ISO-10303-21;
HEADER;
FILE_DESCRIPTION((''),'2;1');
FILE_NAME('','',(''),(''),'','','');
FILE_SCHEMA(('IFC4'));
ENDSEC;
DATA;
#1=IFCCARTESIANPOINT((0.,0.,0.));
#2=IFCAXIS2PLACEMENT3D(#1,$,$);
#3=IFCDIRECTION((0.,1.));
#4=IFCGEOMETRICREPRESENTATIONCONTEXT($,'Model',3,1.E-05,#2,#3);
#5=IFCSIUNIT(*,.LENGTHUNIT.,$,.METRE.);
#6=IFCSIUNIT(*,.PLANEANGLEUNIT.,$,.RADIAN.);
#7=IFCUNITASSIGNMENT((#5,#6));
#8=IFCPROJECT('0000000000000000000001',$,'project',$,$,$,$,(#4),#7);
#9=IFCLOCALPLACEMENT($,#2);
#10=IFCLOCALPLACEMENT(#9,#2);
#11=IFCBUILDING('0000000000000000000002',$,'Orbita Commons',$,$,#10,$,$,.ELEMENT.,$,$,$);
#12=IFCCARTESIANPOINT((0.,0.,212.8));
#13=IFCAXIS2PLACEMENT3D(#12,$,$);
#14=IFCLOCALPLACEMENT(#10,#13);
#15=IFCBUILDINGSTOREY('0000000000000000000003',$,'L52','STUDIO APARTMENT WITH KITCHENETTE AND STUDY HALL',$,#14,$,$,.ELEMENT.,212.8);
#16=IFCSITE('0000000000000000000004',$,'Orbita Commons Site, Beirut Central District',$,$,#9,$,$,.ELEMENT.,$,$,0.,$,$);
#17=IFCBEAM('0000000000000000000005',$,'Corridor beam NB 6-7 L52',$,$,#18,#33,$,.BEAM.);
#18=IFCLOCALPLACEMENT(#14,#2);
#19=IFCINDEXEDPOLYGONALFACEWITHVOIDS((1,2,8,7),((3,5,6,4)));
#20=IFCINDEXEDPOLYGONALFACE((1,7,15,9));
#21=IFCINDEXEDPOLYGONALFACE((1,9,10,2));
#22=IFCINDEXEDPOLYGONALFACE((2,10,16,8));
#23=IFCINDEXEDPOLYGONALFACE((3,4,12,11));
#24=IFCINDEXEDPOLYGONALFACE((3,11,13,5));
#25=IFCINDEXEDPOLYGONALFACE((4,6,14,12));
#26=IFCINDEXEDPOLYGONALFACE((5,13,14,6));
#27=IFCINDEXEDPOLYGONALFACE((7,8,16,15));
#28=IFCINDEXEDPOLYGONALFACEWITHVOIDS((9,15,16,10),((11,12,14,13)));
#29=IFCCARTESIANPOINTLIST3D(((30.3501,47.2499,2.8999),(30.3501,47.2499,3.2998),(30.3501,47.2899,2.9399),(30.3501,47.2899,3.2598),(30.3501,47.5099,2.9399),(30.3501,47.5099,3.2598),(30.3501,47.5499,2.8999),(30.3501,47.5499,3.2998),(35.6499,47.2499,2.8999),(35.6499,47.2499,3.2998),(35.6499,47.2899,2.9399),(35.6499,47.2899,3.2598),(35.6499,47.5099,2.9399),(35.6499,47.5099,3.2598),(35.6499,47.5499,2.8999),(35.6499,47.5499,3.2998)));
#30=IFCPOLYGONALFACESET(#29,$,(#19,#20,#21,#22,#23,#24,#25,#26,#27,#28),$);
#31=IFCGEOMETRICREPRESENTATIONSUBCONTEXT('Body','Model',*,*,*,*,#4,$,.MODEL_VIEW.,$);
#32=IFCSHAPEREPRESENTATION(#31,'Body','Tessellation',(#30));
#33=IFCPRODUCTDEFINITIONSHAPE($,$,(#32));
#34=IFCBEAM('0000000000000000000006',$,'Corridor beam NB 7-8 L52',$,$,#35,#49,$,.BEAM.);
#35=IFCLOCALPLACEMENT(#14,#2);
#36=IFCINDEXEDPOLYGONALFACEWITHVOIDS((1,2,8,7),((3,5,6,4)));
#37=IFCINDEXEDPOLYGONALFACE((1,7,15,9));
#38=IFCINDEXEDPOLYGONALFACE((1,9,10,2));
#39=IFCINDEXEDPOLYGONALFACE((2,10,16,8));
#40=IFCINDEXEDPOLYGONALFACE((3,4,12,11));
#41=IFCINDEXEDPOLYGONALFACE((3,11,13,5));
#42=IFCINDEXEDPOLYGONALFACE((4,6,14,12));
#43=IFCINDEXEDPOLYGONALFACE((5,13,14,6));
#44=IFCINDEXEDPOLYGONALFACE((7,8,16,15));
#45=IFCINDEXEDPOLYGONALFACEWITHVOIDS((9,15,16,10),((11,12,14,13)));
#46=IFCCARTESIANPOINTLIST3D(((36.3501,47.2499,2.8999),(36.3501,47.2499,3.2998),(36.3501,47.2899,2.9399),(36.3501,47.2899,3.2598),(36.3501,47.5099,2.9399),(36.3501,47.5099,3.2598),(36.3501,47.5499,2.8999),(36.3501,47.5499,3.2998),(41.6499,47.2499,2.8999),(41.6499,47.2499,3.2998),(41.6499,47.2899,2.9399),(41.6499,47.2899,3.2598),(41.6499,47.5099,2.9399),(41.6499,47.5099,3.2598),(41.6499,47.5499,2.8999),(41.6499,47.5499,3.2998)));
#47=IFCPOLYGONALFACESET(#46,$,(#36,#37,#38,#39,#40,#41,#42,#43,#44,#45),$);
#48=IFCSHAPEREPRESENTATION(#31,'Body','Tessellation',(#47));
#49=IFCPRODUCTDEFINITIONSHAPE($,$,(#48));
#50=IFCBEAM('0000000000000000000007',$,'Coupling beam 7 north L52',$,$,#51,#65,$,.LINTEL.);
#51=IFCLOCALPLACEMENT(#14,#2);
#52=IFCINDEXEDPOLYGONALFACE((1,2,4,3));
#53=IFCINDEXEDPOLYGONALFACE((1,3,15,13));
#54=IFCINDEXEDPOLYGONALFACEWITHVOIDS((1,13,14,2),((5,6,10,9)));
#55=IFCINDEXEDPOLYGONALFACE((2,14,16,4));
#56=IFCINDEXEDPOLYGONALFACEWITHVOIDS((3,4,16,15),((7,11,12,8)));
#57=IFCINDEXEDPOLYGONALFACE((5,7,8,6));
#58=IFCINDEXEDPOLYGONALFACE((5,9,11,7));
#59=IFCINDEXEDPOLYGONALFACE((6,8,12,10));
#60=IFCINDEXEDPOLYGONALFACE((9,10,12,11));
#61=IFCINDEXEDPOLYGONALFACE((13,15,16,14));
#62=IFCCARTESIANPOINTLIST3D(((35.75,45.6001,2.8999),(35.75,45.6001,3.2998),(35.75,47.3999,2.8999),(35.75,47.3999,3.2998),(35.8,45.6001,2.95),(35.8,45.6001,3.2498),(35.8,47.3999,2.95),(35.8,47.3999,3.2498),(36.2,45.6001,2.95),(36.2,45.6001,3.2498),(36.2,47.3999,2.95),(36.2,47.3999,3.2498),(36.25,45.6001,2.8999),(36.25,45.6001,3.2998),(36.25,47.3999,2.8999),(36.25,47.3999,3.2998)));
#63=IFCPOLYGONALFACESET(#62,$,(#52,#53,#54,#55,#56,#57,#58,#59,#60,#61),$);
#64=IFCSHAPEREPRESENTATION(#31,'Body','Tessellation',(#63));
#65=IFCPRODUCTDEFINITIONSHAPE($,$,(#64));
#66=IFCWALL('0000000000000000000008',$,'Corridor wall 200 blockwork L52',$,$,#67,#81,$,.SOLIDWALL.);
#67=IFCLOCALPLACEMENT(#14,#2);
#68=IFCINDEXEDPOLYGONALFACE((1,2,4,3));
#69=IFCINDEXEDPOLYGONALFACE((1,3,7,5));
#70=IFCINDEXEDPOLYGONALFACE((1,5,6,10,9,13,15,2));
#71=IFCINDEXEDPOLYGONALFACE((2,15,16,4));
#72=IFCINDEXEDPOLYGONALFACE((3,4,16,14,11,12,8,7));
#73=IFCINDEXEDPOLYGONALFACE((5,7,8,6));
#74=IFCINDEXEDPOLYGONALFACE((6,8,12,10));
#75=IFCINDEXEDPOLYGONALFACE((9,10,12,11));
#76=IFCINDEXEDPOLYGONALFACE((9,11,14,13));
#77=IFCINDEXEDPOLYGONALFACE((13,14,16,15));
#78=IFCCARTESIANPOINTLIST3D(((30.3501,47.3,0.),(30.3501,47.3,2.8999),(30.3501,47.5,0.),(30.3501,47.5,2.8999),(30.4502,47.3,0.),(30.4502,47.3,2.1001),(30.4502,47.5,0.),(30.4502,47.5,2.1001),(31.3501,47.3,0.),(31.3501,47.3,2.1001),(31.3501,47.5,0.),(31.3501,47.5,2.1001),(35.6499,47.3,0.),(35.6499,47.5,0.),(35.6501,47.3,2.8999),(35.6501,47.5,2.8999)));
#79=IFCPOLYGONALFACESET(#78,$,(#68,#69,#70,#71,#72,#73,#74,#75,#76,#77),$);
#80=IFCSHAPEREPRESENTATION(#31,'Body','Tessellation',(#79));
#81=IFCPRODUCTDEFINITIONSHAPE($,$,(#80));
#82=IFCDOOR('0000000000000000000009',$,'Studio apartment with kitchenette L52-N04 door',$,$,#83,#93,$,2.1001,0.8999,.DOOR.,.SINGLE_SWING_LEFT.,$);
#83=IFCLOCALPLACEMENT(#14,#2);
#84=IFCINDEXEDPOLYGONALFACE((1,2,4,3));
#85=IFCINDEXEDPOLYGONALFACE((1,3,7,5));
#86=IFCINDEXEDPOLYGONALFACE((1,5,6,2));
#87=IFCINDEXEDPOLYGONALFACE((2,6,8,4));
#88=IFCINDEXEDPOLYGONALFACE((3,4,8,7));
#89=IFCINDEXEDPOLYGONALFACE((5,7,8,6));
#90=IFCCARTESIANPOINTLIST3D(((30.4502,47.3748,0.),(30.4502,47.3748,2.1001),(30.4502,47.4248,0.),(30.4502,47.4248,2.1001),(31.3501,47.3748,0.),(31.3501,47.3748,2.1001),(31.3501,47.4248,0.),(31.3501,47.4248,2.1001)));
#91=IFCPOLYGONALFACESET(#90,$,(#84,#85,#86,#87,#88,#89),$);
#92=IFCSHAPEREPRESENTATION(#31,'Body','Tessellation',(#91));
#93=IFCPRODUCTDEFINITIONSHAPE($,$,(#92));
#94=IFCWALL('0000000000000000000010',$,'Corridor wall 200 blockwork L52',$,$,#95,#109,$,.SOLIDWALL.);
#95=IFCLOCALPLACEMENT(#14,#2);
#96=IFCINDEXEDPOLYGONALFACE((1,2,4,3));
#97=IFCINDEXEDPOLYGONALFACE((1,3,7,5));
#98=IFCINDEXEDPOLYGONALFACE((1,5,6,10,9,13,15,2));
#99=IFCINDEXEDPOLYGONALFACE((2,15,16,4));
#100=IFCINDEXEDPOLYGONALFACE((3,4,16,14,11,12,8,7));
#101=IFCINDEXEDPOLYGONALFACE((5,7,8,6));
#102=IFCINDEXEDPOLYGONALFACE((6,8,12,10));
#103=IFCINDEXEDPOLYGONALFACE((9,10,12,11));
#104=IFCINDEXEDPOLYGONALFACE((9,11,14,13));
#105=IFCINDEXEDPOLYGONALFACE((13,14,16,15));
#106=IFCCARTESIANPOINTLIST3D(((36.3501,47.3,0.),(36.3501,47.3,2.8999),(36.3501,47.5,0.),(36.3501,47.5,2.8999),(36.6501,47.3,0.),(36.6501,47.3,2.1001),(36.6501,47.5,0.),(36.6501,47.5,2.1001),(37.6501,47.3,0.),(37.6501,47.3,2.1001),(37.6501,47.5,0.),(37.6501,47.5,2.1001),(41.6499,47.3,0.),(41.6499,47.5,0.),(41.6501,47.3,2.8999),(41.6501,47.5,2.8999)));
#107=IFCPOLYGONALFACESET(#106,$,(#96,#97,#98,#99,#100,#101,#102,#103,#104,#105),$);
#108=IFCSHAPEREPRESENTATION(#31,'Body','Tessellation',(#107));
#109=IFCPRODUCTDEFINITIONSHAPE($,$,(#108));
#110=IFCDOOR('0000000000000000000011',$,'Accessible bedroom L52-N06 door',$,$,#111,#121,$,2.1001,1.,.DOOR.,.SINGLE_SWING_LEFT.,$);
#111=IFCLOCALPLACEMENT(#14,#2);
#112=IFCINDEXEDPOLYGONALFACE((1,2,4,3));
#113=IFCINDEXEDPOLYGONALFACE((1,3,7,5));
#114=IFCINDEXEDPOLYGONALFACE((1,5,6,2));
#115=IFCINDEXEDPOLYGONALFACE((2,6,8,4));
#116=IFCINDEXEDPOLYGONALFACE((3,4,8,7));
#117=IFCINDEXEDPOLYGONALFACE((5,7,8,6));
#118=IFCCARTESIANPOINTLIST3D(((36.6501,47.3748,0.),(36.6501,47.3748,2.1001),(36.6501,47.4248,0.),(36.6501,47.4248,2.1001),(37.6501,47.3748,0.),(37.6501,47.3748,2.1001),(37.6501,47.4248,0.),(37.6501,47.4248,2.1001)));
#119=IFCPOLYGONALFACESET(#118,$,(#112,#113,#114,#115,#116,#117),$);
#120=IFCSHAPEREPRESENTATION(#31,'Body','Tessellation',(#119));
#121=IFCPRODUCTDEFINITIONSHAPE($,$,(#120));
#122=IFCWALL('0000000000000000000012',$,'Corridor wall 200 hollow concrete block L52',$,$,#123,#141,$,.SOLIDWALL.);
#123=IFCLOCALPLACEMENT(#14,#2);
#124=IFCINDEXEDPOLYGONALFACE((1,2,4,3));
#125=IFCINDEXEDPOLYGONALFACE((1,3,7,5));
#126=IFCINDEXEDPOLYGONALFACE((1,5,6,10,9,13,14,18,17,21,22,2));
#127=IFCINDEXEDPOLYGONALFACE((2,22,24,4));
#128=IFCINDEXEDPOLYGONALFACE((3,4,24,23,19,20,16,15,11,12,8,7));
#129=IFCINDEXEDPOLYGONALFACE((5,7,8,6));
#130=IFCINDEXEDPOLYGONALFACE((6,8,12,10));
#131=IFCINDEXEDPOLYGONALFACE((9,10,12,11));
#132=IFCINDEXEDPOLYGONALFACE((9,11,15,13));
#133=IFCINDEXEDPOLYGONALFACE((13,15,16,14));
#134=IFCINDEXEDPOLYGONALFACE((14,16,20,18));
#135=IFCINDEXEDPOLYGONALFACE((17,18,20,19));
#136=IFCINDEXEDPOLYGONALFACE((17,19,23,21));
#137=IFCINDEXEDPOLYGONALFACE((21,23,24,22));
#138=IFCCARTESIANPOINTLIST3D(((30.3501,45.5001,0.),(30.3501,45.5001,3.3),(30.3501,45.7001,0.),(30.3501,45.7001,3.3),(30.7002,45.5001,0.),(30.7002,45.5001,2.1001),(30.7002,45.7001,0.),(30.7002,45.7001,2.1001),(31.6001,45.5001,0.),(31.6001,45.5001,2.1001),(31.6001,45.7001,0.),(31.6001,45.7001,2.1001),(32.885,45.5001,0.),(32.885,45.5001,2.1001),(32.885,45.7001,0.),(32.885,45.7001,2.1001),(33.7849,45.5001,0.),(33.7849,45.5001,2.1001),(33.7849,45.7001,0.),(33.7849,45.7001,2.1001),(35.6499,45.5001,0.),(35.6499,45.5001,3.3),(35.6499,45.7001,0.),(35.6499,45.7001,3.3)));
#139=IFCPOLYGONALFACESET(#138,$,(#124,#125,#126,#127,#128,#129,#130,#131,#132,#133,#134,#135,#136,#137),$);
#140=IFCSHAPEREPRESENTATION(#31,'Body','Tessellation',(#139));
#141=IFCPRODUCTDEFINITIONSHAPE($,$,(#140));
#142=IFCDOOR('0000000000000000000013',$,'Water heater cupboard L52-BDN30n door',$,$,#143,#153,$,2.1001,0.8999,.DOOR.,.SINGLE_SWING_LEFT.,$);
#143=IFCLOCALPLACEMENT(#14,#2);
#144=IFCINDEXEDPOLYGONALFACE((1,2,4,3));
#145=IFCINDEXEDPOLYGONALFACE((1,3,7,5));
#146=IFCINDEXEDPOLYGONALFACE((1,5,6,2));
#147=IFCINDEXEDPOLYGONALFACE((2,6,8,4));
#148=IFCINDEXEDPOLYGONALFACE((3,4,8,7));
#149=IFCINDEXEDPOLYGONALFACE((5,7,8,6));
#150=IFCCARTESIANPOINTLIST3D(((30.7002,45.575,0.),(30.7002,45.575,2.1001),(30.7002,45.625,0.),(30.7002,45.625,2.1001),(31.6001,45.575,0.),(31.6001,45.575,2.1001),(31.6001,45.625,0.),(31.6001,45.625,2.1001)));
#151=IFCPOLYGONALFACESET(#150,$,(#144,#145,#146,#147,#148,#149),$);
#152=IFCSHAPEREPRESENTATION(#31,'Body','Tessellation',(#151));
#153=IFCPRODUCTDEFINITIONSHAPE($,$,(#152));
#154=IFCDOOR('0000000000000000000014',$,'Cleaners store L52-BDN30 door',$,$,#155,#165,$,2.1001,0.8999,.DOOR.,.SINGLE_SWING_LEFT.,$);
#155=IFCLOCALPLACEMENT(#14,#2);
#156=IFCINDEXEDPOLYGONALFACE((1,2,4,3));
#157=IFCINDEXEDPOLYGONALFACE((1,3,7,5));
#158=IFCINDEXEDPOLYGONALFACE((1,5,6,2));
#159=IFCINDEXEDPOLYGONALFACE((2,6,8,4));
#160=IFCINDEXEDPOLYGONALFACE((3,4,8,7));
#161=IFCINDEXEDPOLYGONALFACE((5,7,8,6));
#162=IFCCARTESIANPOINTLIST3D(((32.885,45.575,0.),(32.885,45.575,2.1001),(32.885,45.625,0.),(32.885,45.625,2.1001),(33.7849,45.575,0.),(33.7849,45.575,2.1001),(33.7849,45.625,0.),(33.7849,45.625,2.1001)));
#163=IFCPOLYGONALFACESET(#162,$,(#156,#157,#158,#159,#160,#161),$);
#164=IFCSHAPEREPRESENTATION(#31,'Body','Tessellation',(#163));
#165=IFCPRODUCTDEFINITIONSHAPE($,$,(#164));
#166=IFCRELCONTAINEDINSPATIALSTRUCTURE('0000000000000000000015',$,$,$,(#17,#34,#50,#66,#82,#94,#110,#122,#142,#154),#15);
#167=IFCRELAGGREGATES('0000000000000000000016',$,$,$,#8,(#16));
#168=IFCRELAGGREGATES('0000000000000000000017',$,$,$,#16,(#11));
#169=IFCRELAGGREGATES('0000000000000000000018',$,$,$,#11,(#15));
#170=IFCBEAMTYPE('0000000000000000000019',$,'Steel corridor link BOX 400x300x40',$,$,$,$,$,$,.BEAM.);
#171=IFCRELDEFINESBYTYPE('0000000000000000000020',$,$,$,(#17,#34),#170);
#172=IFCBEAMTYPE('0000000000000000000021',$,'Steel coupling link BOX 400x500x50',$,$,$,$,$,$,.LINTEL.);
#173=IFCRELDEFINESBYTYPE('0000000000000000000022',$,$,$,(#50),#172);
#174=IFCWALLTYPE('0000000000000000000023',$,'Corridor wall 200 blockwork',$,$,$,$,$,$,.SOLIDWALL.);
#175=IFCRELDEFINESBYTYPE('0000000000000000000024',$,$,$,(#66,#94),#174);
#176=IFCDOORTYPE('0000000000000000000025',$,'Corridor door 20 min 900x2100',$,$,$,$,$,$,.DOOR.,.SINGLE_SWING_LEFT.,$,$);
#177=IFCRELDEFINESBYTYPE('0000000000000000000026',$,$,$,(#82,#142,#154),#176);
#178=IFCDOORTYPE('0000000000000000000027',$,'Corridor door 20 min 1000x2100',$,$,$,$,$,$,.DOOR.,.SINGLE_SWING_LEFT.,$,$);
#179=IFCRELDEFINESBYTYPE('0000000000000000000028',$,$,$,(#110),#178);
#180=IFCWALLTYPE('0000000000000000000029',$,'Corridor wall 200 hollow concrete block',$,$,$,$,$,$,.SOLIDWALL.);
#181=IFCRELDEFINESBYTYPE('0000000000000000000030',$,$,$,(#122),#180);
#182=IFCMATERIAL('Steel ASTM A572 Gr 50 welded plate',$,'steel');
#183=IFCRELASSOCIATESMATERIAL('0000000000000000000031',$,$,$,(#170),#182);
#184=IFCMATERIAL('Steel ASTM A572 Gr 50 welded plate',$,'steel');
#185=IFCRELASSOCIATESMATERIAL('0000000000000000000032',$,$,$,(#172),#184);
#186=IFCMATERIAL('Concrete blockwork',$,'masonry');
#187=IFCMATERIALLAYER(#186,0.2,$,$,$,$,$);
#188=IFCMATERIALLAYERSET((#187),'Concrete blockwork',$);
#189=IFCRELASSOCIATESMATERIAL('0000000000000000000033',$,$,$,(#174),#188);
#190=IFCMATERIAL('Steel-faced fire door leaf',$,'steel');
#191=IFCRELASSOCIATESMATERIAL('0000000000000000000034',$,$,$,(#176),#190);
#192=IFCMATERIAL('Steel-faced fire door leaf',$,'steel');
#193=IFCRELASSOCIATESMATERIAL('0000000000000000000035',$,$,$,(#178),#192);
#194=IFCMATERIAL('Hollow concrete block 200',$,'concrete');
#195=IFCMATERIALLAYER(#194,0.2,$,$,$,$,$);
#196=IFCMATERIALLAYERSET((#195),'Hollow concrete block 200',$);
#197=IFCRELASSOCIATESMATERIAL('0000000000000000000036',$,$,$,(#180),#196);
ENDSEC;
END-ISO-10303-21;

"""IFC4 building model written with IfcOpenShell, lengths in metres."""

from ifc_helpers import new_model, si_unit, direction, frame, frame_2d, origin, origin_2d, place, context, subcontext, project, spatial, polyline, rectangle, hollow_rectangle, outline, extrude, material, layer, layer_set, material_profile, profile_set, type_object, element, fill, save


model = new_model("IFC4")

# Units and contexts
model_context = context("Model", 3, precision=1e-05, world=origin(), true_north=direction((0.0, 1.0)))
body_context = subcontext(model_context, "Body", "Model", "MODEL_VIEW")
ifc_project = project(units=[si_unit("LENGTHUNIT", "METRE"), si_unit("PLANEANGLEUNIT", "RADIAN")], contexts=[model_context])

# Site, building, storey
site_placement = place(None, origin())
site = spatial("IfcSite", under=ifc_project, at=site_placement, Name="Orbita Commons Site, Beirut Central District", CompositionType="ELEMENT", RefElevation=0.0)
building_placement = place(site_placement, origin())
building = spatial("IfcBuilding", under=site, at=building_placement, Name="Orbita Commons", CompositionType="ELEMENT")
storey_placement = place(building_placement, frame((0.0, 0.0, 212.8)))
storey = spatial("IfcBuildingStorey", under=building, at=storey_placement, Name="L52", Description="STUDIO APARTMENT WITH KITCHENETTE AND STUDY HALL", CompositionType="ELEMENT", Elevation=212.8)

# Beams
ifc_material_1 = material(Name="Steel ASTM A572 Gr 50 welded plate", Category="steel")
ifc_material_profile_1 = material_profile(ifc_material_1, hollow_rectangle(XDim=0.3, YDim=0.3999, WallThickness=0.04, at=origin_2d()), Name="BOX 400x300x40")
ifc_profile_set_1 = profile_set([ifc_material_profile_1], Name="Steel ASTM A572 Gr 50 welded plate")
beam_type_1 = type_object("IfcBeamType", Name="Steel corridor link BOX 400x300x40", PredefinedType="BEAM", material=ifc_profile_set_1)
for number, where, z_axis, x_axis, name in (
    (1, (30.3501, 47.3999, 3.0999), (1.0, 0.0, 0.0), (0.0, 1.0, 0.0), "Corridor beam NB 6-7 L52"),
    (2, (36.3501, 47.3999, 3.0999), (1.0, 0.0, 0.0), (0.0, 1.0, 0.0), "Corridor beam NB 7-8 L52"),
):
    element("IfcBeam", number, at=place(storey_placement, frame(where, z_axis=z_axis, x_axis=x_axis)), inside=storey, type_object=beam_type_1, Name=name, PredefinedType="BEAM", context=body_context, shape_type="SweptSolid", body=[
        extrude(hollow_rectangle(XDim=0.3, YDim=0.3999, WallThickness=0.04, at=origin_2d()), origin(), (0.0, 0.0, 1.0), 5.2998),
    ])
ifc_material_2 = material(Name="Steel ASTM A572 Gr 50 welded plate", Category="steel")
ifc_material_profile_2 = material_profile(ifc_material_2, hollow_rectangle(XDim=0.5, YDim=0.3999, WallThickness=0.05, at=origin_2d()), Name="BOX 400x500x50")
ifc_profile_set_2 = profile_set([ifc_material_profile_2], Name="Steel ASTM A572 Gr 50 welded plate")
beam_type_2 = type_object("IfcBeamType", Name="Steel coupling link BOX 400x500x50", PredefinedType="LINTEL", material=ifc_profile_set_2)
beam_placement = place(storey_placement, frame((36.0, 45.6001, 3.0999), z_axis=(0.0, 1.0, 0.0), x_axis=(-1.0, 0.0, 0.0)))
element("IfcBeam", 3, at=beam_placement, inside=storey, type_object=beam_type_2, Name="Coupling beam 7 north L52", PredefinedType="LINTEL", context=body_context, shape_type="SweptSolid", body=[
    extrude(hollow_rectangle(XDim=0.5, YDim=0.3999, WallThickness=0.05, at=origin_2d()), origin(), (0.0, 0.0, 1.0), 1.7998),
])

# Walls, openings, doors
ifc_material_3 = material(Name="Concrete blockwork", Category="masonry")
ifc_layer_1 = layer(ifc_material_3, 0.2)
ifc_layer_set_1 = layer_set([ifc_layer_1], Name="Concrete blockwork")
wall_type_1 = type_object("IfcWallType", Name="Corridor wall 200 blockwork", PredefinedType="SOLIDWALL", material=ifc_layer_set_1)
wall_1_placement = place(storey_placement, frame((30.3501, 47.3999, 0.0), z_axis=(0.0, 0.0, 1.0), x_axis=(1.0, 0.0, 0.0)))
wall_1 = element("IfcWall", 4, at=wall_1_placement, inside=storey, type_object=wall_type_1, Name="Corridor wall 200 blockwork L52", PredefinedType="SOLIDWALL", context=body_context, shape_type="SweptSolid", body=[
    extrude(outline(polyline([(0.0, 0.0), (5.2998, 0.0), (5.3, 2.8999), (0.0, 2.8999), (0.0, 0.0)])), frame((0.0, 0.1001, 0.0), z_axis=(0.0, -1.0, 0.0), x_axis=(1.0, 0.0, 0.0)), (0.0, 0.0, 1.0), 0.2),
])
opening_1_placement = place(wall_1_placement, frame((0.1001, 0.0, 0.0)))
opening_1 = element("IfcOpeningElement", 5, at=opening_1_placement, cuts=wall_1, PredefinedType="OPENING", context=body_context, shape_type="SweptSolid", body=[
    extrude(rectangle(XDim=0.8999, YDim=2.1001, at=frame_2d((0.45, 1.05))), frame((0.0, 0.1099, 0.0), z_axis=(0.0, -1.0, 0.0), x_axis=(1.0, 0.0, 0.0)), (0.0, 0.0, 1.0), 0.22),
])
ifc_material_4 = material(Name="Steel-faced fire door leaf", Category="steel")
door_type_1 = type_object("IfcDoorType", Name="Corridor door 20 min 900x2100", OperationType="SINGLE_SWING_LEFT", PredefinedType="DOOR", material=ifc_material_4)
door_1_placement = place(opening_1_placement, origin())
door_1 = element("IfcDoor", 6, at=door_1_placement, inside=storey, type_object=door_type_1, Name="Studio apartment with kitchenette L52-N04 door", OperationType="SINGLE_SWING_LEFT", OverallHeight=2.1001, OverallWidth=0.8999, PredefinedType="DOOR", context=body_context, shape_type="SweptSolid", body=[
    extrude(rectangle(XDim=0.8999, YDim=2.1001, at=frame_2d((0.45, 1.05))), frame((0.0, 0.0249, 0.0), z_axis=(0.0, -1.0, 0.0), x_axis=(1.0, 0.0, 0.0)), (0.0, 0.0, 1.0), 0.05),
])
fill(opening_1, door_1)
wall_2_placement = place(storey_placement, frame((36.3501, 47.3999, 0.0), z_axis=(0.0, 0.0, 1.0), x_axis=(1.0, 0.0, 0.0)))
wall_2 = element("IfcWall", 7, at=wall_2_placement, inside=storey, type_object=wall_type_1, Name="Corridor wall 200 blockwork L52", PredefinedType="SOLIDWALL", context=body_context, shape_type="SweptSolid", body=[
    extrude(outline(polyline([(0.0, 0.0), (5.2998, 0.0), (5.3, 2.8999), (0.0, 2.8999), (0.0, 0.0)])), frame((0.0, 0.1001, 0.0), z_axis=(0.0, -1.0, 0.0), x_axis=(1.0, 0.0, 0.0)), (0.0, 0.0, 1.0), 0.2),
])
opening_2_placement = place(wall_2_placement, frame((0.3, 0.0, 0.0)))
opening_2 = element("IfcOpeningElement", 8, at=opening_2_placement, cuts=wall_2, PredefinedType="OPENING", context=body_context, shape_type="SweptSolid", body=[
    extrude(rectangle(XDim=1.0, YDim=2.1001, at=frame_2d((0.5, 1.05))), frame((0.0, 0.1099, 0.0), z_axis=(0.0, -1.0, 0.0), x_axis=(1.0, 0.0, 0.0)), (0.0, 0.0, 1.0), 0.22),
])
ifc_material_5 = material(Name="Steel-faced fire door leaf", Category="steel")
door_type_2 = type_object("IfcDoorType", Name="Corridor door 20 min 1000x2100", OperationType="SINGLE_SWING_LEFT", PredefinedType="DOOR", material=ifc_material_5)
door_2_placement = place(opening_2_placement, origin())
door_2 = element("IfcDoor", 9, at=door_2_placement, inside=storey, type_object=door_type_2, Name="Accessible bedroom L52-N06 door", OperationType="SINGLE_SWING_LEFT", OverallHeight=2.1001, OverallWidth=1.0, PredefinedType="DOOR", context=body_context, shape_type="SweptSolid", body=[
    extrude(rectangle(XDim=1.0, YDim=2.1001, at=frame_2d((0.5, 1.05))), frame((0.0, 0.0249, 0.0), z_axis=(0.0, -1.0, 0.0), x_axis=(1.0, 0.0, 0.0)), (0.0, 0.0, 1.0), 0.05),
])
fill(opening_2, door_2)

# Wall, openings, doors
ifc_material_6 = material(Name="Hollow concrete block 200", Category="concrete")
ifc_layer_2 = layer(ifc_material_6, 0.2)
ifc_layer_set_2 = layer_set([ifc_layer_2], Name="Hollow concrete block 200")
wall_type_2 = type_object("IfcWallType", Name="Corridor wall 200 hollow concrete block", PredefinedType="SOLIDWALL", material=ifc_layer_set_2)
wall_3_placement = place(storey_placement, frame((30.3501, 45.6001, 0.0), z_axis=(0.0, 0.0, 1.0), x_axis=(1.0, 0.0, 0.0)))
wall_3 = element("IfcWall", 10, at=wall_3_placement, inside=storey, type_object=wall_type_2, Name="Corridor wall 200 hollow concrete block L52", PredefinedType="SOLIDWALL", context=body_context, shape_type="SweptSolid", body=[
    extrude(rectangle(XDim=5.2998, YDim=0.2, at=frame_2d((2.6499, 0.0))), origin(), (0.0, 0.0, 1.0), 3.3),
])
opening_3_placement = place(wall_3_placement, frame((0.3501, 0.0, 0.0)))
opening_3 = element("IfcOpeningElement", 11, at=opening_3_placement, cuts=wall_3, PredefinedType="OPENING", context=body_context, shape_type="SweptSolid", body=[
    extrude(rectangle(XDim=0.8999, YDim=2.1001, at=frame_2d((0.45, 1.05))), frame((0.0, 0.1099, 0.0), z_axis=(0.0, -1.0, 0.0), x_axis=(1.0, 0.0, 0.0)), (0.0, 0.0, 1.0), 0.22),
])
opening_4_placement = place(wall_3_placement, frame((2.5349, 0.0, 0.0)))
opening_4 = element("IfcOpeningElement", 12, at=opening_4_placement, cuts=wall_3, PredefinedType="OPENING", context=body_context, shape_type="SweptSolid", body=[
    extrude(rectangle(XDim=0.8999, YDim=2.1001, at=frame_2d((0.45, 1.05))), frame((0.0, 0.1099, 0.0), z_axis=(0.0, -1.0, 0.0), x_axis=(1.0, 0.0, 0.0)), (0.0, 0.0, 1.0), 0.22),
])
door_3_placement = place(opening_3_placement, origin())
door_3 = element("IfcDoor", 13, at=door_3_placement, inside=storey, type_object=door_type_1, Name="Water heater cupboard L52-BDN30n door", OperationType="SINGLE_SWING_LEFT", OverallHeight=2.1001, OverallWidth=0.8999, PredefinedType="DOOR", context=body_context, shape_type="SweptSolid", body=[
    extrude(rectangle(XDim=0.8999, YDim=2.1001, at=frame_2d((0.45, 1.05))), frame((0.0, 0.0249, 0.0), z_axis=(0.0, -1.0, 0.0), x_axis=(1.0, 0.0, 0.0)), (0.0, 0.0, 1.0), 0.05),
])
fill(opening_3, door_3)
door_4_placement = place(opening_4_placement, origin())
door_4 = element("IfcDoor", 14, at=door_4_placement, inside=storey, type_object=door_type_1, Name="Cleaners store L52-BDN30 door", OperationType="SINGLE_SWING_LEFT", OverallHeight=2.1001, OverallWidth=0.8999, PredefinedType="DOOR", context=body_context, shape_type="SweptSolid", body=[
    extrude(rectangle(XDim=0.8999, YDim=2.1001, at=frame_2d((0.45, 1.05))), frame((0.0, 0.0249, 0.0), z_axis=(0.0, -1.0, 0.0), x_axis=(1.0, 0.0, 0.0)), (0.0, 0.0, 1.0), 0.05),
])
fill(opening_4, door_4)

save(model, "model.ifc")
